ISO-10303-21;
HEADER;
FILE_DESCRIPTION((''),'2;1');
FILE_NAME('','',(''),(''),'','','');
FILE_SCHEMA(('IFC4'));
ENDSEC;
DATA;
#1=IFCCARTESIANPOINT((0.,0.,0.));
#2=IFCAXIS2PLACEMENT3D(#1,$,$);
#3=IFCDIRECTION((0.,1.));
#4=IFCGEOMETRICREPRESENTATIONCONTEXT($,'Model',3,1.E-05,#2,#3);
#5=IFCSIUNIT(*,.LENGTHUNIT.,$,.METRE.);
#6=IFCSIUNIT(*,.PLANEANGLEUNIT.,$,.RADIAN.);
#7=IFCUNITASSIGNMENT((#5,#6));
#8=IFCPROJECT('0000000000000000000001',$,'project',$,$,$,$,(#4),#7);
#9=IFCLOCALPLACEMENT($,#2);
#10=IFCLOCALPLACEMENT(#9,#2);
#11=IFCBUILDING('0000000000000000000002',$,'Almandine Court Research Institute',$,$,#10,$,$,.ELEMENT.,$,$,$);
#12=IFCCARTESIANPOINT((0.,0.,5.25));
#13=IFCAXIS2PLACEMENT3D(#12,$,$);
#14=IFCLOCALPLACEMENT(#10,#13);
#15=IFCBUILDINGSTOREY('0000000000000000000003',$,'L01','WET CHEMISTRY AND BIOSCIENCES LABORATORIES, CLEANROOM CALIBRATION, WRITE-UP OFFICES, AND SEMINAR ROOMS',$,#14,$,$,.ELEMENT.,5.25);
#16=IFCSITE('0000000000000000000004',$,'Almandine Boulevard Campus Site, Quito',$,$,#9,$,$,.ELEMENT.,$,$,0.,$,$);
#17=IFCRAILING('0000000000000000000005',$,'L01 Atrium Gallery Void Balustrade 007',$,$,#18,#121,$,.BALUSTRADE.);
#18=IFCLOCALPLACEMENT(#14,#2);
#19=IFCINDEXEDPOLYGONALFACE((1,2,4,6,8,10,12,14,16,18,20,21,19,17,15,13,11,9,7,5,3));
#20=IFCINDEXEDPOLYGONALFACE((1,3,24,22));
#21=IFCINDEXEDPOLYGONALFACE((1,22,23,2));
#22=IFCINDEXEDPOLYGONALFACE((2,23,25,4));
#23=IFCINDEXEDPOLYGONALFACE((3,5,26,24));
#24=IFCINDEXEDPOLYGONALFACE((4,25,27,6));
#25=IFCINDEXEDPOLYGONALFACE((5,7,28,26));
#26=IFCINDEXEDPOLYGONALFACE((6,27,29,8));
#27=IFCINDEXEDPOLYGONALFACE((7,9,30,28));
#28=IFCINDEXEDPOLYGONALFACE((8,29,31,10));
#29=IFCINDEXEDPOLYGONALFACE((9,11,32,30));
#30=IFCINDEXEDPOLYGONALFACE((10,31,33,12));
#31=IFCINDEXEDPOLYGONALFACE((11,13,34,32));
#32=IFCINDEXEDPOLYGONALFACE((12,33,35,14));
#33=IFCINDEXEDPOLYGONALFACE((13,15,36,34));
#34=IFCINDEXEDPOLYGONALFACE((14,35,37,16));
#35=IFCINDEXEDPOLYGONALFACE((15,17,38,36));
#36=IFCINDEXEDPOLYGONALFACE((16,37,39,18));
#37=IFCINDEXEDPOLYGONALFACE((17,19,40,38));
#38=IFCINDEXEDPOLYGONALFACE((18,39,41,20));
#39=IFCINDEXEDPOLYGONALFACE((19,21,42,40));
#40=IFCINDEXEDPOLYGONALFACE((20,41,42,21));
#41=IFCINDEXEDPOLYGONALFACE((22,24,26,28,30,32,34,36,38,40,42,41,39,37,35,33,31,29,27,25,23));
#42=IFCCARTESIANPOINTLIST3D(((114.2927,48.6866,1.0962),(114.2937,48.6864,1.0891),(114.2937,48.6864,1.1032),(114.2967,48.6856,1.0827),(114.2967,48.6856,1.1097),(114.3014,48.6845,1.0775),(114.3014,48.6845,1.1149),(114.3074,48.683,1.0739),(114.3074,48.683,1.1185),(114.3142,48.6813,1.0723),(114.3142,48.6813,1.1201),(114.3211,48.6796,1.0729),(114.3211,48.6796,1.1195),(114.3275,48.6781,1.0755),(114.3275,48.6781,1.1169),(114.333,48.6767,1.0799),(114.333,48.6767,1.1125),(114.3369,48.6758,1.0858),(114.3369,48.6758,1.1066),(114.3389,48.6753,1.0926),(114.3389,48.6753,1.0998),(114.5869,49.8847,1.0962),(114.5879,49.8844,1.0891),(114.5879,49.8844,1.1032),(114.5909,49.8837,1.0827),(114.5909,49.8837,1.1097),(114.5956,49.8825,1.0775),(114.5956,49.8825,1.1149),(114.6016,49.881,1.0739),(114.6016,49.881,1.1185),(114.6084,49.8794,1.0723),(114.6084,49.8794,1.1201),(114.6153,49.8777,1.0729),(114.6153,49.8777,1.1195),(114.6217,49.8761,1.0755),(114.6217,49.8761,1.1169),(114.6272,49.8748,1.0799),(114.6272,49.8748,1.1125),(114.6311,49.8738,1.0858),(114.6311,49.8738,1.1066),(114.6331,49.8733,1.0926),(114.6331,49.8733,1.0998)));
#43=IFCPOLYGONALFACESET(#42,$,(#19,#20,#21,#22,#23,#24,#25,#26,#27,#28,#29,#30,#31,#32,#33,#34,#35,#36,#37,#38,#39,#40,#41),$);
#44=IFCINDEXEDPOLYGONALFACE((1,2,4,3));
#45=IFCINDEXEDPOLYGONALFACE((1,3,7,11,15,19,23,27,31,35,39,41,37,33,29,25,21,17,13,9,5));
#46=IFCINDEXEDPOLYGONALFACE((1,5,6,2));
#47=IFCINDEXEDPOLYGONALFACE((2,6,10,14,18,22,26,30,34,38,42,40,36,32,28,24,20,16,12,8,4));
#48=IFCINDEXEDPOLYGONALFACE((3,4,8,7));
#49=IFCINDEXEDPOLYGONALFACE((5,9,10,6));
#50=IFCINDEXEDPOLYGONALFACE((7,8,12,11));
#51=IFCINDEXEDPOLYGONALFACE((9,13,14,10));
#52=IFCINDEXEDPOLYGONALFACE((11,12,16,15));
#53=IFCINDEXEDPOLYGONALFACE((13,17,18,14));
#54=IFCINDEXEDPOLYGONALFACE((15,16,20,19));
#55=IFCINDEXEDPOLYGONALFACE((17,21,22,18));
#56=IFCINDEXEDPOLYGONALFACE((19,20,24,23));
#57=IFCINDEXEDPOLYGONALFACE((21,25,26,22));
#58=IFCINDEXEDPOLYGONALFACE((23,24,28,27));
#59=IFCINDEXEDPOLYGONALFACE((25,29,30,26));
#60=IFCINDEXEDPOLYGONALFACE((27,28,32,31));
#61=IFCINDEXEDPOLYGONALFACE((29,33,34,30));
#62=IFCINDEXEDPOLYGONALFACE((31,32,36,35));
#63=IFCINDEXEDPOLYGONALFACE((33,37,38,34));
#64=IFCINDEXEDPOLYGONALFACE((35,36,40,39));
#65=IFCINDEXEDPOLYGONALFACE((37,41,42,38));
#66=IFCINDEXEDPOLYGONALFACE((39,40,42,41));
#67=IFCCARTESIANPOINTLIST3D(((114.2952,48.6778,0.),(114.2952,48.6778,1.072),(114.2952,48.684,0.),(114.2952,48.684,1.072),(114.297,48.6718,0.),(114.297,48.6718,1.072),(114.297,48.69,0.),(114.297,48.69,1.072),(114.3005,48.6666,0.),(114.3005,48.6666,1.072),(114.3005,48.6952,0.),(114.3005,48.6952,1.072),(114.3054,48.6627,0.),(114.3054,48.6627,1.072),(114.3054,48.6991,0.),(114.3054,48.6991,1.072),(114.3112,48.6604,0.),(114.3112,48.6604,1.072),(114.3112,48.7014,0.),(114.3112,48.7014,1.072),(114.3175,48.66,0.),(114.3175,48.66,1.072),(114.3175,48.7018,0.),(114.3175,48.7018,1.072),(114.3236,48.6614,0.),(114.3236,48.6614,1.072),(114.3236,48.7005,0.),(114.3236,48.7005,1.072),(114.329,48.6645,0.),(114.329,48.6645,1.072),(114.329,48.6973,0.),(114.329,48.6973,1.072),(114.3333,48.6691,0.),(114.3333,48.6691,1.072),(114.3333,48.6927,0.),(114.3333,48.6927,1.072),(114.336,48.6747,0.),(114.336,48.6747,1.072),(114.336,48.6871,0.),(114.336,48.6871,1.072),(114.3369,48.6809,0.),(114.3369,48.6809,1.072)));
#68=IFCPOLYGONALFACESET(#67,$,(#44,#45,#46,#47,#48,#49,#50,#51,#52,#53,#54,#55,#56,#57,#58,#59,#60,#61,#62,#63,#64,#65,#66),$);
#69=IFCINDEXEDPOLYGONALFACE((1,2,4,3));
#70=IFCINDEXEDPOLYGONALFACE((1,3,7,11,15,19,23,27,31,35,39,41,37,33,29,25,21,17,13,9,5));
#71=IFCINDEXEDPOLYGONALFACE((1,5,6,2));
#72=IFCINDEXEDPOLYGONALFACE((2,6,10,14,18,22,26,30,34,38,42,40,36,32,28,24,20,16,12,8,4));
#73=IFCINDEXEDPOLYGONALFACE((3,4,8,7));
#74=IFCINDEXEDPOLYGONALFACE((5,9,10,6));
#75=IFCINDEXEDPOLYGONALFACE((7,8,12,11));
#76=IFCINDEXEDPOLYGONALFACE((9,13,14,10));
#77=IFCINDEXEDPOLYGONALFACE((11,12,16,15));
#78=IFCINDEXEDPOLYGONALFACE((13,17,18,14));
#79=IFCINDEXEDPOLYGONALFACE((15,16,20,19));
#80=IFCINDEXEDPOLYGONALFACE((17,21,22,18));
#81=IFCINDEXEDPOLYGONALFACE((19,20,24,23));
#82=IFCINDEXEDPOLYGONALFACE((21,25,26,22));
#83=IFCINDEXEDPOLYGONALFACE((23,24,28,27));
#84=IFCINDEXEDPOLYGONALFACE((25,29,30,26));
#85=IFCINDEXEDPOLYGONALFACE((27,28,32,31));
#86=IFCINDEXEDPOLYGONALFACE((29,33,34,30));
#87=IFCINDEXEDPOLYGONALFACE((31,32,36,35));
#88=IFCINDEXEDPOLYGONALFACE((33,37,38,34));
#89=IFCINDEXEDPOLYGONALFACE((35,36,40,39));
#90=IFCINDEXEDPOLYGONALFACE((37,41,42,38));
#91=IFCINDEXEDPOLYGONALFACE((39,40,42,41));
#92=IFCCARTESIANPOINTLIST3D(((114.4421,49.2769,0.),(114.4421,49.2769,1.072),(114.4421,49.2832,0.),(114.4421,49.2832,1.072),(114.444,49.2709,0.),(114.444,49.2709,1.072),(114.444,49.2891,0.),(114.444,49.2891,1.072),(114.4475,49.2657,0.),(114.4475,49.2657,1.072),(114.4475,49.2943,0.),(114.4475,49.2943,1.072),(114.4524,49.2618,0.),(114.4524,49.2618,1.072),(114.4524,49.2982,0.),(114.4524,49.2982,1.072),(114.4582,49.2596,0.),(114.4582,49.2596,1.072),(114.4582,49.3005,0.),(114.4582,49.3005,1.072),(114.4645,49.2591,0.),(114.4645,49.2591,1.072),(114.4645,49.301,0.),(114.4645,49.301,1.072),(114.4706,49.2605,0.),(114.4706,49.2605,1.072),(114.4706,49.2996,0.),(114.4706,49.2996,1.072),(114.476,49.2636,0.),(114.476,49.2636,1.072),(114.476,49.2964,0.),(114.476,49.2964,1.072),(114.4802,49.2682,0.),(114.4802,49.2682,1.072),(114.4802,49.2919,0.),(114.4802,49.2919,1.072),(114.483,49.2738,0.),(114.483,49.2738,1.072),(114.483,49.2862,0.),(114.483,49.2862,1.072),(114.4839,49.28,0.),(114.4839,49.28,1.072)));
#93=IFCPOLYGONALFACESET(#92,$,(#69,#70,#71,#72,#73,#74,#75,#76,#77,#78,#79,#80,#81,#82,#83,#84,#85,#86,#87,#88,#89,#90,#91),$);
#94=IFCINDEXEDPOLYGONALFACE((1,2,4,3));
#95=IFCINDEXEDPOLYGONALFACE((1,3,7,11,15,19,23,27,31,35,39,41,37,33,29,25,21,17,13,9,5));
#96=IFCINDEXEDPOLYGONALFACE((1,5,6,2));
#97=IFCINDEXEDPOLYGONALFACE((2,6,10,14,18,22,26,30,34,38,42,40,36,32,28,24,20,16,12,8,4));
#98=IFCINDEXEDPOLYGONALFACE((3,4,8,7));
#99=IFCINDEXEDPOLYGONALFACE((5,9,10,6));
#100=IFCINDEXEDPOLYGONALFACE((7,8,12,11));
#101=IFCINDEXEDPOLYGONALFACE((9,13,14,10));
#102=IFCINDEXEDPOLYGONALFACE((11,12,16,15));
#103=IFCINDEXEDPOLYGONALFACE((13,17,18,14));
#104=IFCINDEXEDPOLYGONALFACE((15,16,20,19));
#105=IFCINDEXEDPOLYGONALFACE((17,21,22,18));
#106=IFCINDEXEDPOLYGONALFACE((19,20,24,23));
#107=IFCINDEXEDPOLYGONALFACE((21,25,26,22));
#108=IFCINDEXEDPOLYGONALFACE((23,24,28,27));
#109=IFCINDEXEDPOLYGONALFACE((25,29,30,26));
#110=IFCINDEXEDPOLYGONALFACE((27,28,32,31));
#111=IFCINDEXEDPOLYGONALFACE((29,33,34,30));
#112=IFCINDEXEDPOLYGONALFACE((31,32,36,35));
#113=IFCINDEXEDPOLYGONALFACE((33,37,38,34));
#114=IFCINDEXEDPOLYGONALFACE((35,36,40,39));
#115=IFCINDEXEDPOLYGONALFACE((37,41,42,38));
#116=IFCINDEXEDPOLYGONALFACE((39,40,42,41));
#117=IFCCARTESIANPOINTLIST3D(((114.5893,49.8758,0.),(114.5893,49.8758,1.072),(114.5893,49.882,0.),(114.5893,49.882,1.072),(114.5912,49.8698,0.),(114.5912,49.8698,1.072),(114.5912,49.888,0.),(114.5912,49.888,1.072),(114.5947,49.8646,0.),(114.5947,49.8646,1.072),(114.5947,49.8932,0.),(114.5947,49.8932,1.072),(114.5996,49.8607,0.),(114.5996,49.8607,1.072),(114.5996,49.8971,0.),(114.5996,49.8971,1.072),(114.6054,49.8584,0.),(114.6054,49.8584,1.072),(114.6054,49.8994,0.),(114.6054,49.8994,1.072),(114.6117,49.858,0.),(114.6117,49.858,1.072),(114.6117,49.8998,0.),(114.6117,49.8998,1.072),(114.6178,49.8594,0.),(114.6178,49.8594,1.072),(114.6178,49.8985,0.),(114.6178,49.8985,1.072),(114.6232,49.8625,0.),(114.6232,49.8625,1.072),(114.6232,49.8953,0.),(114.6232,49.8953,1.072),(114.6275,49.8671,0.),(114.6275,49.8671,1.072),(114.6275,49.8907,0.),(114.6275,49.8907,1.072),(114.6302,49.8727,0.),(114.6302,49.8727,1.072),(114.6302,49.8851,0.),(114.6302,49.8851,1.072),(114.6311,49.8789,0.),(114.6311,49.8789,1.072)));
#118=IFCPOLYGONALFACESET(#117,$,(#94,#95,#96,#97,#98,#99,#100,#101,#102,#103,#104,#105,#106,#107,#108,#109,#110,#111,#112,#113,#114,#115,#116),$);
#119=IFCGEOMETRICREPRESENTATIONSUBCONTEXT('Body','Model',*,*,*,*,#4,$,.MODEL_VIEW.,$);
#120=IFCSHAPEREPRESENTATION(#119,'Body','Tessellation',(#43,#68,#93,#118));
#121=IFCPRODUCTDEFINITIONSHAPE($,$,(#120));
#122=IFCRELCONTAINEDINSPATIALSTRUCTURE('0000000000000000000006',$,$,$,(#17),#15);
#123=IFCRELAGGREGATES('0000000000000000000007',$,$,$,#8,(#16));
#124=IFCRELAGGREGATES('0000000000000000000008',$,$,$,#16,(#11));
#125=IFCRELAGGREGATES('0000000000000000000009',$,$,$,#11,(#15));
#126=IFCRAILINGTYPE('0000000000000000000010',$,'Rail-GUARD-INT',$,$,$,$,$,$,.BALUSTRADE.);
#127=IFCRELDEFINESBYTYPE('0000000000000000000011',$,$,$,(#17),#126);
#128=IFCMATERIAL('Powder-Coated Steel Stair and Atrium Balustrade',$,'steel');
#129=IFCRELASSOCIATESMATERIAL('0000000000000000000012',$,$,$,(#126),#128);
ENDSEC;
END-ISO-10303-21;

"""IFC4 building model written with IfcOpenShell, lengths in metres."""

from ifc_helpers import new_model, si_unit, direction, frame, origin, origin_2d, place, context, subcontext, project, spatial, circle, extrude, material, type_object, element, save


model = new_model("IFC4")

# Units and contexts
model_context = context("Model", 3, precision=1e-05, world=origin(), true_north=direction((0.0, 1.0)))
body_context = subcontext(model_context, "Body", "Model", "MODEL_VIEW")
ifc_project = project(units=[si_unit("LENGTHUNIT", "METRE"), si_unit("PLANEANGLEUNIT", "RADIAN")], contexts=[model_context])

# Site, building, storey
site_placement = place(None, origin())
site = spatial("IfcSite", under=ifc_project, at=site_placement, Name="Almandine Boulevard Campus Site, Quito", CompositionType="ELEMENT", RefElevation=0.0)
building_placement = place(site_placement, origin())
building = spatial("IfcBuilding", under=site, at=building_placement, Name="Almandine Court Research Institute", CompositionType="ELEMENT")
storey_placement = place(building_placement, frame((0.0, 0.0, 5.25)))
storey = spatial("IfcBuildingStorey", under=building, at=storey_placement, Name="L01", Description="WET CHEMISTRY AND BIOSCIENCES LABORATORIES, CLEANROOM CALIBRATION, WRITE-UP OFFICES, AND SEMINAR ROOMS", CompositionType="ELEMENT", Elevation=5.25)

# Railing
ifc_material_1 = material(Name="Powder-Coated Steel Stair and Atrium Balustrade", Category="steel")
railing_type = type_object("IfcRailingType", Name="Rail-GUARD-INT", PredefinedType="BALUSTRADE", material=ifc_material_1)
railing_1_placement = place(storey_placement, frame((114.3159, 48.6809, 0.0)))
element("IfcRailing", 1, at=railing_1_placement, inside=storey, type_object=railing_type, Name="L01 Atrium Gallery Void Balustrade 007", PredefinedType="BALUSTRADE", context=body_context, shape_type="SweptSolid", body=[
    extrude(circle(Radius=0.0239, at=origin_2d()), frame((0.0, 0.0, 1.0962), z_axis=(0.238482, 0.971147, 0.0), x_axis=(-0.971147, 0.238482, 0.0)), (0.0, 0.0, 1.0), 1.2336),
    extrude(circle(Radius=0.021, at=origin_2d()), origin(), (0.0, 0.0, 1.0), 1.072),
    extrude(circle(Radius=0.021, at=origin_2d()), frame((0.147, 0.5991, 0.0)), (0.0, 0.0, 1.0), 1.072),
    extrude(circle(Radius=0.021, at=origin_2d()), frame((0.2942, 1.198, 0.0)), (0.0, 0.0, 1.0), 1.072),
])

save(model, "model.ifc")
